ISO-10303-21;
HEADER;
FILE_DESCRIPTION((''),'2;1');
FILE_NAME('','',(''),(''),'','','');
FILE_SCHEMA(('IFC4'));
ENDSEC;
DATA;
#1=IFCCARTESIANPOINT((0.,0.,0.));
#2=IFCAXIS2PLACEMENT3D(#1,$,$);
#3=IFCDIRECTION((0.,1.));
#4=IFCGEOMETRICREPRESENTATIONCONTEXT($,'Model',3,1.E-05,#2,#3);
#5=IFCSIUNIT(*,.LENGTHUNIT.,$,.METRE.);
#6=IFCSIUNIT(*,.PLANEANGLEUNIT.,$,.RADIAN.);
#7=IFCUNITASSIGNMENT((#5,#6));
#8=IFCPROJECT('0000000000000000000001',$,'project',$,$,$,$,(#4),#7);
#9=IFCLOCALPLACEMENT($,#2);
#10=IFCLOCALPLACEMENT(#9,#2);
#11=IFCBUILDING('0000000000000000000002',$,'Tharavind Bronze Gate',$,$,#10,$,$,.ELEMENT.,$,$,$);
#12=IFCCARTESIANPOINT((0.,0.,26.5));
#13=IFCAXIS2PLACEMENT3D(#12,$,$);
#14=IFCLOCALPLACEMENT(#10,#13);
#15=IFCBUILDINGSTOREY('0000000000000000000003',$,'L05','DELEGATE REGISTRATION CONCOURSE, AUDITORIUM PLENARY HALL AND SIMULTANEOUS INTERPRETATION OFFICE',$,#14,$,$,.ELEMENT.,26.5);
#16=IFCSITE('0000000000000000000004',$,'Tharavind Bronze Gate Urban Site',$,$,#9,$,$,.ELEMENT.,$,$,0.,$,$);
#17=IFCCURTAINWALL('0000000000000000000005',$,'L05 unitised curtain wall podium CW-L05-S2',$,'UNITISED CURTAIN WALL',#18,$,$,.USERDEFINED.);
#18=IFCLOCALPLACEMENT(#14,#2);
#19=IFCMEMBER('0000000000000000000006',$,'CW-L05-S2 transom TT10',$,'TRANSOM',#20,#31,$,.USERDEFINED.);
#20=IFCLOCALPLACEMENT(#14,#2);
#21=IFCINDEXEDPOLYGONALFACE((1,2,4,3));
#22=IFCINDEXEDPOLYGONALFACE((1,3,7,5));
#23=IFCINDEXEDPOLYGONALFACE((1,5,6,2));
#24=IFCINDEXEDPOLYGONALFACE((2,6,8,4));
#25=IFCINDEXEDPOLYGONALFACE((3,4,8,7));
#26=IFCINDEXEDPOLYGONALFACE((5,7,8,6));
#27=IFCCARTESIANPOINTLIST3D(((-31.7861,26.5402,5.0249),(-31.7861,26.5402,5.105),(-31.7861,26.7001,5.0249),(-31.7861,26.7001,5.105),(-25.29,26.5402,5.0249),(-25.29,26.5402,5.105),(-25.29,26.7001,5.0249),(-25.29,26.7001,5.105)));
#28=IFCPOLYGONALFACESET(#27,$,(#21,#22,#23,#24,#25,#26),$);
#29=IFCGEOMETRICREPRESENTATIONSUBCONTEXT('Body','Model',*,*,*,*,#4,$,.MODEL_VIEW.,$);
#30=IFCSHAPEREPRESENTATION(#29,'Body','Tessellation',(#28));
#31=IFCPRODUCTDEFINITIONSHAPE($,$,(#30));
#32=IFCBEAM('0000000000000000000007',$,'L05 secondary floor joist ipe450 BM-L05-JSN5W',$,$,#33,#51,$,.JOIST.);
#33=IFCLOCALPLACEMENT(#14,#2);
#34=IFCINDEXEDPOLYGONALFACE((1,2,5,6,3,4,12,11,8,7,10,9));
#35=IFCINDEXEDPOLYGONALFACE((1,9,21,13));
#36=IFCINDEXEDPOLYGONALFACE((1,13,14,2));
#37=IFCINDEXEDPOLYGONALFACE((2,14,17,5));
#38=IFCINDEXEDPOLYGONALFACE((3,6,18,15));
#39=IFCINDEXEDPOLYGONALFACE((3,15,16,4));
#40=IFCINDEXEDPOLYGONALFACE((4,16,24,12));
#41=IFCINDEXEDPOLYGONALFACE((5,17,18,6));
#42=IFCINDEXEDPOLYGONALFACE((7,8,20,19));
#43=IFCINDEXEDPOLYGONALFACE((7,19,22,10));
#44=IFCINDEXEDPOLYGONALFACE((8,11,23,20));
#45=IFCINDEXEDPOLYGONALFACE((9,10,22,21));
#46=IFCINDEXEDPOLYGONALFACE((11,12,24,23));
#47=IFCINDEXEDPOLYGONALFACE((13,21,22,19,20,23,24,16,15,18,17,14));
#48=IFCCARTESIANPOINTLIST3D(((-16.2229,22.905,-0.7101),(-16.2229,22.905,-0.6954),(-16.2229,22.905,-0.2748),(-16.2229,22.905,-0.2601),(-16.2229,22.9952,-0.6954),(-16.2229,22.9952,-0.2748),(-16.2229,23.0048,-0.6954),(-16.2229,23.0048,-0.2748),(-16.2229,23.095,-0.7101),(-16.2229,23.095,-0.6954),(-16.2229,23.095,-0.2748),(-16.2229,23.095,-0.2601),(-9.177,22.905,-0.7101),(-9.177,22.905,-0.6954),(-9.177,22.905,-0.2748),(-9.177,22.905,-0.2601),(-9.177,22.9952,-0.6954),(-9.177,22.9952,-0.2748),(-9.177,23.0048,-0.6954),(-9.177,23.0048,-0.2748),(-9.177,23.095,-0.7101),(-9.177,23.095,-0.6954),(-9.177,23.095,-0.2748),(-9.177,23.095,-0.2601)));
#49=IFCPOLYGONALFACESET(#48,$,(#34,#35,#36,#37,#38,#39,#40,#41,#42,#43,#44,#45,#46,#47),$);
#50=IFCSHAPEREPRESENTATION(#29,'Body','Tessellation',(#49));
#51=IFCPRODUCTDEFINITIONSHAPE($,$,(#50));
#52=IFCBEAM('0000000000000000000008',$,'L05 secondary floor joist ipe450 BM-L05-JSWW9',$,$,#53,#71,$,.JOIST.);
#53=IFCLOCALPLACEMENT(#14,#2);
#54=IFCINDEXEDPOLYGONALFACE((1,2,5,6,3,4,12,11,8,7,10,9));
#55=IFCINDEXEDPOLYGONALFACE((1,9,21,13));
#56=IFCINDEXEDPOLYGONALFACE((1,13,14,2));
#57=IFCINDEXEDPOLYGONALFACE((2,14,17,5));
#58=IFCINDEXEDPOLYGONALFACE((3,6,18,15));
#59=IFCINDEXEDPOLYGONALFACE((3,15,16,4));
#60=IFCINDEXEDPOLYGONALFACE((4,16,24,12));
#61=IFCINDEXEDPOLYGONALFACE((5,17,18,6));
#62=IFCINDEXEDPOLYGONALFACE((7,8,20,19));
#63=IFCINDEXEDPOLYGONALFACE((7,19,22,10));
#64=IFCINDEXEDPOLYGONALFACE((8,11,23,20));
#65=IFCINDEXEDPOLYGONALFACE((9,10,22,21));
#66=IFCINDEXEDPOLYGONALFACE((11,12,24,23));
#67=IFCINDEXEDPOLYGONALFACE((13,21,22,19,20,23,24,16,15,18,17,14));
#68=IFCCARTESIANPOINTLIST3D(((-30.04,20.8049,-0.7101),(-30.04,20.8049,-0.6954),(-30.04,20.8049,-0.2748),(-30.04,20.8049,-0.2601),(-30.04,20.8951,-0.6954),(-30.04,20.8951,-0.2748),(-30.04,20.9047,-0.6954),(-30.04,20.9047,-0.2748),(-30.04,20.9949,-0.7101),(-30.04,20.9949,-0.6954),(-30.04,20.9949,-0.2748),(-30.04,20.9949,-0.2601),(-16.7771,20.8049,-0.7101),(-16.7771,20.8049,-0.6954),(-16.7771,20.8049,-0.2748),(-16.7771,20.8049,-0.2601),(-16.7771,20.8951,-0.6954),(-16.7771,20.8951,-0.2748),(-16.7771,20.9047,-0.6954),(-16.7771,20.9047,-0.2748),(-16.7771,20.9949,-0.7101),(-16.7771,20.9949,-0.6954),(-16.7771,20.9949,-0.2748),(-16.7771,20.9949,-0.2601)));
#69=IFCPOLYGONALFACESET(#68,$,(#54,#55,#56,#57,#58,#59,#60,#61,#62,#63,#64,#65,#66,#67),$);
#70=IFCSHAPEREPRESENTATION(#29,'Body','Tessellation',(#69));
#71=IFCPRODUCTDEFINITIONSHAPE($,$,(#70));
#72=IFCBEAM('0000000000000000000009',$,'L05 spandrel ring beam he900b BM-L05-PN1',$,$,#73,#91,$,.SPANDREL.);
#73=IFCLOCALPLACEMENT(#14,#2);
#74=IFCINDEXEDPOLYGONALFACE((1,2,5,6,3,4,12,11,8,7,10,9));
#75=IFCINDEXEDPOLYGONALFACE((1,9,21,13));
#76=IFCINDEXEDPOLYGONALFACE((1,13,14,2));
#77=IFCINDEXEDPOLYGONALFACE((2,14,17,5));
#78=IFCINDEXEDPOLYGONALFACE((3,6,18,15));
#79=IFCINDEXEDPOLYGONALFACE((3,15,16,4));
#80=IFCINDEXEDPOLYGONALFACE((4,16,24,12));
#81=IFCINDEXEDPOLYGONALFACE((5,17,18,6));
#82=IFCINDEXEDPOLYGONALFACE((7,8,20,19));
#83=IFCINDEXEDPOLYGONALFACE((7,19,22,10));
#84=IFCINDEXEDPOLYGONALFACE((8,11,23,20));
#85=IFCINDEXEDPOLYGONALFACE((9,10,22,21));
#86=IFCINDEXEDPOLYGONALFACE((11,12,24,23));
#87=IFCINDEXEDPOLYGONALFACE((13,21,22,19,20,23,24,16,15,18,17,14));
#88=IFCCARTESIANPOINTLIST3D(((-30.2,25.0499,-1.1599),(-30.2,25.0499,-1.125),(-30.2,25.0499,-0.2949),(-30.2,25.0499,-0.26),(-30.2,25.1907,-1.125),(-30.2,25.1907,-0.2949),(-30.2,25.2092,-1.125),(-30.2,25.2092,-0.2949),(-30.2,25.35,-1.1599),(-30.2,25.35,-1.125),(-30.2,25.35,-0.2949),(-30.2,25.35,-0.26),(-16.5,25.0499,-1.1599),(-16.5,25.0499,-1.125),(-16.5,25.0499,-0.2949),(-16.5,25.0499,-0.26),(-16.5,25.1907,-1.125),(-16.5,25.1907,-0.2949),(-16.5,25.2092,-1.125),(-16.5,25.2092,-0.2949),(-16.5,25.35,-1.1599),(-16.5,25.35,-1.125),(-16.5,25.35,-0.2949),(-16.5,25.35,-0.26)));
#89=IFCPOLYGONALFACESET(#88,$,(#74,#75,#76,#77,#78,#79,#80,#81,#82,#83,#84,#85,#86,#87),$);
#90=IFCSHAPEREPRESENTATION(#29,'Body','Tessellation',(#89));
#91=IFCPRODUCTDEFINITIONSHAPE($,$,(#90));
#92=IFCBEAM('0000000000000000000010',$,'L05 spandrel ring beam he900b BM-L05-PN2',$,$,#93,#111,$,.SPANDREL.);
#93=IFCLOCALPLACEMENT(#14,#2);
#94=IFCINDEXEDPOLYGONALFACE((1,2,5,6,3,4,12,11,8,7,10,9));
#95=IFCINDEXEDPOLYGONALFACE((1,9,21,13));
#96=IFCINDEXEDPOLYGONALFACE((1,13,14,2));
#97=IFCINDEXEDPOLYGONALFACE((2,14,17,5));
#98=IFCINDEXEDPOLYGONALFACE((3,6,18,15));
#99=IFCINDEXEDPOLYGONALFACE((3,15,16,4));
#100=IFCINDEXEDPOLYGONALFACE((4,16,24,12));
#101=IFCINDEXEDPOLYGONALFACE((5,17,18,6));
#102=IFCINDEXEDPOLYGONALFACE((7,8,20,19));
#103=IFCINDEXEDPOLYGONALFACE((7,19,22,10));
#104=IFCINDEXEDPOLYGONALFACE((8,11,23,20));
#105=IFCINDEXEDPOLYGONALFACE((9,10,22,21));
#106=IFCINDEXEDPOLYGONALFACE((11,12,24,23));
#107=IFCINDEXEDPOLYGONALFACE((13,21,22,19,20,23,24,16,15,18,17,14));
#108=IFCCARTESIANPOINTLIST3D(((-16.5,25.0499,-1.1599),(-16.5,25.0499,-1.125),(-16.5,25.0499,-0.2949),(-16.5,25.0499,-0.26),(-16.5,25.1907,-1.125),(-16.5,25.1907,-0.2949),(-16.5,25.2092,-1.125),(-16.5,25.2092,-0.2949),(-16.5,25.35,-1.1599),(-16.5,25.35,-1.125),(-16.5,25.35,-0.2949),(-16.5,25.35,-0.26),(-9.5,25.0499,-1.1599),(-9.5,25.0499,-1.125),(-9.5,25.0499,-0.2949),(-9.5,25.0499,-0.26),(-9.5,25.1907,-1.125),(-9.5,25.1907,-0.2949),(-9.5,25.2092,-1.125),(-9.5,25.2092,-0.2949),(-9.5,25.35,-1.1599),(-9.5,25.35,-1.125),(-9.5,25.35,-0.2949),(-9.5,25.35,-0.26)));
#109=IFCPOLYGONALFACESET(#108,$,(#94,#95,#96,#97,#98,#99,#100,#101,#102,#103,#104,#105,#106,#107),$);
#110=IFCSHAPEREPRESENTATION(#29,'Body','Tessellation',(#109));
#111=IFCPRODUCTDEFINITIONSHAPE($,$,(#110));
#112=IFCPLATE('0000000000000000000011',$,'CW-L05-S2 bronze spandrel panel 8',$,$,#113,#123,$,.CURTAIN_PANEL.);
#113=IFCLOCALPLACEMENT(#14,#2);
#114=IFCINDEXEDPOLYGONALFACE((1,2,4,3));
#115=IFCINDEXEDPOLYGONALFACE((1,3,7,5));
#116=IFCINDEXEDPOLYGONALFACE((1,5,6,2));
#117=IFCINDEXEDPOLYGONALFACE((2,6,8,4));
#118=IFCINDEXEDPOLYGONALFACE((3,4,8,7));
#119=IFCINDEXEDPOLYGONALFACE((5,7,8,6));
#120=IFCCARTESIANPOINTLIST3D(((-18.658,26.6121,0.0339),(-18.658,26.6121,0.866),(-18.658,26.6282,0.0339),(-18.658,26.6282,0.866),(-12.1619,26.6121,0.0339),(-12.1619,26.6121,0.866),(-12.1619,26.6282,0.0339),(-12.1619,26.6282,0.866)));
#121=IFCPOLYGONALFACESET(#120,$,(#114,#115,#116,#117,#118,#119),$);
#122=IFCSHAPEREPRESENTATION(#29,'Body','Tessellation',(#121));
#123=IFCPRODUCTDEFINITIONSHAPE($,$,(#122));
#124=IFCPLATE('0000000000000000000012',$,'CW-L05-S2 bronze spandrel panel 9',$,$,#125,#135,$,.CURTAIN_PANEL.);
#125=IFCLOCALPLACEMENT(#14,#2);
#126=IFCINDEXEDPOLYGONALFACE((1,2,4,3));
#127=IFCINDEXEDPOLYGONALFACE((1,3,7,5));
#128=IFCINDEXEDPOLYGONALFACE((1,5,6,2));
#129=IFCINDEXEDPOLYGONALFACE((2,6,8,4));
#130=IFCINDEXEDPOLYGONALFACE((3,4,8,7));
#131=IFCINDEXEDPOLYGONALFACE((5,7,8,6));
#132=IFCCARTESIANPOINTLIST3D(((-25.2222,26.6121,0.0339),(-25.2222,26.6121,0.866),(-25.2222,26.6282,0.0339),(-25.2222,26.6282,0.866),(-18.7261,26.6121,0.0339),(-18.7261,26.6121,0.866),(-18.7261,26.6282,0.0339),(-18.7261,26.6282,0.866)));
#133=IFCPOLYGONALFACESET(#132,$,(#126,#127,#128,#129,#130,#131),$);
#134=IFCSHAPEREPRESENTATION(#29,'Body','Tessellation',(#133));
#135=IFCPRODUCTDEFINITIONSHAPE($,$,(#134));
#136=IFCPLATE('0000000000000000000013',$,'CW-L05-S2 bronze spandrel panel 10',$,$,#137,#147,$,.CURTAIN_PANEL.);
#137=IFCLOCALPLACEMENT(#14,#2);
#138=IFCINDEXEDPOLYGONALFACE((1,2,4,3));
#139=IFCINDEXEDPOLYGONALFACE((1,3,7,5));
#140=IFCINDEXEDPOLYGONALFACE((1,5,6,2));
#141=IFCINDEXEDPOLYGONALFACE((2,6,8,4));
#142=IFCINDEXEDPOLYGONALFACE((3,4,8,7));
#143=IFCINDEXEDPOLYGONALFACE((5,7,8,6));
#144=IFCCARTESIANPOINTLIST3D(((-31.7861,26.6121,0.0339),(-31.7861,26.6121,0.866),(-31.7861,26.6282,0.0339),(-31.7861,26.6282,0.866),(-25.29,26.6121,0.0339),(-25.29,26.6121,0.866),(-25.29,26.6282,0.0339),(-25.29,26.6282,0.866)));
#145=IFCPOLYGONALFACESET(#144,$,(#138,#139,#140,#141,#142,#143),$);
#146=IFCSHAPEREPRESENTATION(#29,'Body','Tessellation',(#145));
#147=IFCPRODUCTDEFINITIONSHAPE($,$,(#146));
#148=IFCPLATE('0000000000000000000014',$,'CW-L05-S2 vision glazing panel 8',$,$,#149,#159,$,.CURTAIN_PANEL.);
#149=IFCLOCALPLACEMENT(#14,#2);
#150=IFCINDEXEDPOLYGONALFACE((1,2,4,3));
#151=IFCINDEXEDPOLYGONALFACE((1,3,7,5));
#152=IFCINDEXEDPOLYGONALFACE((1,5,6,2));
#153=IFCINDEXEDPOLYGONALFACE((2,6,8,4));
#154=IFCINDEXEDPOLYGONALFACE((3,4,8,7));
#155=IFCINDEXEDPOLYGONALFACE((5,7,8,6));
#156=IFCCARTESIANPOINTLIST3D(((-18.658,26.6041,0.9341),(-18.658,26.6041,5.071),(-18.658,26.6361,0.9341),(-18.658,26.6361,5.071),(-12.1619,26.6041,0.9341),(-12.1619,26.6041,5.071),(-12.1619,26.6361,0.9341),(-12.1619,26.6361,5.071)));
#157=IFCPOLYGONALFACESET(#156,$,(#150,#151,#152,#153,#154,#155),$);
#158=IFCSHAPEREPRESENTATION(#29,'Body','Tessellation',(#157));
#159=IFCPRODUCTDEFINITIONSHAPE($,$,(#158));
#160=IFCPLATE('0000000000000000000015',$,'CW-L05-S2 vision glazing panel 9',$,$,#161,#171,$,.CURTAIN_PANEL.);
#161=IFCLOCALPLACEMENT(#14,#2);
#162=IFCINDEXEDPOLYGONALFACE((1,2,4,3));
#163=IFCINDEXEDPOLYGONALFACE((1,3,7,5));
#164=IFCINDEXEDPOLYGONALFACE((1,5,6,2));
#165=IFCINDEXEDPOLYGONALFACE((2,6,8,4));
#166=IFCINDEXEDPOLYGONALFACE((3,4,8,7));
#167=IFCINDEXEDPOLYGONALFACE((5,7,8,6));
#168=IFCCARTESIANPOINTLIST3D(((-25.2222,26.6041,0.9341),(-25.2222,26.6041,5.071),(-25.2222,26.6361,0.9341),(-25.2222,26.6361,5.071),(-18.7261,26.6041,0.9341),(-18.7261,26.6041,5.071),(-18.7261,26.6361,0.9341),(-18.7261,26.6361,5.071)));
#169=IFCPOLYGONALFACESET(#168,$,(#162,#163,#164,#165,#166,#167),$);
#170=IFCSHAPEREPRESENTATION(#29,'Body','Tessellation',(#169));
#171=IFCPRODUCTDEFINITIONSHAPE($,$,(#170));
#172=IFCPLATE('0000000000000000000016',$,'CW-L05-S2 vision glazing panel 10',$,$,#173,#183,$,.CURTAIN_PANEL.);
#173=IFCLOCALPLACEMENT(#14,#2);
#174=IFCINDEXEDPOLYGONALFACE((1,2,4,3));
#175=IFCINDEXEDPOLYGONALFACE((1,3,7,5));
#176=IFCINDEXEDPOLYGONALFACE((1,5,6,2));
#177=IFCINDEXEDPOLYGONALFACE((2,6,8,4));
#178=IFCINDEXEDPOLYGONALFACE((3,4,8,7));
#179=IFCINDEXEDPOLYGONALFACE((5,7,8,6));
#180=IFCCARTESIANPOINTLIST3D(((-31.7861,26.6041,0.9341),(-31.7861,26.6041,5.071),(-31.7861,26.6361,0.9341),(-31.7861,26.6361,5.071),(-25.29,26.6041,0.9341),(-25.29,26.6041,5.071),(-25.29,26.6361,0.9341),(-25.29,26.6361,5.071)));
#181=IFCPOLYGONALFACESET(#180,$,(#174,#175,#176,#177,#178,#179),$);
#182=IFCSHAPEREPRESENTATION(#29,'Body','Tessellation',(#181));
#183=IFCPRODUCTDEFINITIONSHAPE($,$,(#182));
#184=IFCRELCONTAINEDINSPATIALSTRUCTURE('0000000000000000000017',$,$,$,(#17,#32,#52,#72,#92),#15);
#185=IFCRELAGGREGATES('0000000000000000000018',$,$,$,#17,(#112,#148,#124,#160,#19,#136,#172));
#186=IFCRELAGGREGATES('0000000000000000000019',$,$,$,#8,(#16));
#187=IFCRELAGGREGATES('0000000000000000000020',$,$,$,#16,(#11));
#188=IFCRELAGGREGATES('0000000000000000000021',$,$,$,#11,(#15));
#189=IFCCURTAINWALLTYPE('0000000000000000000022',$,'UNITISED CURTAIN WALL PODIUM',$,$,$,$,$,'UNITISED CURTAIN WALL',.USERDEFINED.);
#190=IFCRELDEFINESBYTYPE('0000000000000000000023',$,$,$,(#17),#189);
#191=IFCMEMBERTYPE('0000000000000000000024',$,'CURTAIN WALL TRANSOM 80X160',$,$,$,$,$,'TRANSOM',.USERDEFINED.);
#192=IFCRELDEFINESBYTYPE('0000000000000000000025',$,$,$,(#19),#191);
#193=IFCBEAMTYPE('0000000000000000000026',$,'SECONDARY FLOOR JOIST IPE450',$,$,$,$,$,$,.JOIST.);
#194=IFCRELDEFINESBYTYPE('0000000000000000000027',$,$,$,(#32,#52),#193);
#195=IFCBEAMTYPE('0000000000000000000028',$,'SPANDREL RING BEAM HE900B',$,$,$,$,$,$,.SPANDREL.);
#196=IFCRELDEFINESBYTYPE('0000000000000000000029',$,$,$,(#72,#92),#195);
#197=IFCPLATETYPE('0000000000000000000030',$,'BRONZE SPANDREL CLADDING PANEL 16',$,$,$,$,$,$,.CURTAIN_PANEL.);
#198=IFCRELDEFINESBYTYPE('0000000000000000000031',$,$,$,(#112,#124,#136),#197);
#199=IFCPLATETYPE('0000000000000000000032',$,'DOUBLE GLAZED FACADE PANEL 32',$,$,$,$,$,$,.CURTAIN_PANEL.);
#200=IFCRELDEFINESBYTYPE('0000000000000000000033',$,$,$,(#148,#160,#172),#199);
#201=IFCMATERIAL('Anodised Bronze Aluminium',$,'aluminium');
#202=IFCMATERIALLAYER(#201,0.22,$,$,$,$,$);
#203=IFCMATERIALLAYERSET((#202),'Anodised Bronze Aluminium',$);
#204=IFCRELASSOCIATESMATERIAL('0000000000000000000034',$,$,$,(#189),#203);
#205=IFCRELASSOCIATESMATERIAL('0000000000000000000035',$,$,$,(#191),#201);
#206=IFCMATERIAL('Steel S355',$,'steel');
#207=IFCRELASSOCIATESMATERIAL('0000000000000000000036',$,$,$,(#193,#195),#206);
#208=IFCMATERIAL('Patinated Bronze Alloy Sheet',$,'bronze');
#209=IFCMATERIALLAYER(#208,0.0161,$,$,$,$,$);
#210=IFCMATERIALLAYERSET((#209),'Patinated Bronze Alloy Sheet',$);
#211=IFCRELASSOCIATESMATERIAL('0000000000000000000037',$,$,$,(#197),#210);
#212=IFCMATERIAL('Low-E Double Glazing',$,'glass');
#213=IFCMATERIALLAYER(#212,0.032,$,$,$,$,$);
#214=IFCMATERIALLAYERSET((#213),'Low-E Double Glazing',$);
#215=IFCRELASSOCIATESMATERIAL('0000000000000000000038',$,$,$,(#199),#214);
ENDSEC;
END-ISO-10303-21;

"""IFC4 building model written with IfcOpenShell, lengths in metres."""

from ifc_helpers import new_model, si_unit, direction, frame, origin, origin_2d, place, context, subcontext, project, spatial, rectangle, i_section, extrude, material, layer, layer_set, material_profile, profile_set, type_object, element, aggregate, save


model = new_model("IFC4")

# Units and contexts
model_context = context("Model", 3, precision=1e-05, world=origin(), true_north=direction((0.0, 1.0)))
body_context = subcontext(model_context, "Body", "Model", "MODEL_VIEW")
ifc_project = project(units=[si_unit("LENGTHUNIT", "METRE"), si_unit("PLANEANGLEUNIT", "RADIAN")], contexts=[model_context])

# Site, building, storey
site_placement = place(None, origin())
site = spatial("IfcSite", under=ifc_project, at=site_placement, Name="Tharavind Bronze Gate Urban Site", CompositionType="ELEMENT", RefElevation=0.0)
building_placement = place(site_placement, origin())
building = spatial("IfcBuilding", under=site, at=building_placement, Name="Tharavind Bronze Gate", CompositionType="ELEMENT")
storey_placement = place(building_placement, frame((0.0, 0.0, 26.5)))
storey = spatial("IfcBuildingStorey", under=building, at=storey_placement, Name="L05", Description="DELEGATE REGISTRATION CONCOURSE, AUDITORIUM PLENARY HALL AND SIMULTANEOUS INTERPRETATION OFFICE", CompositionType="ELEMENT", Elevation=26.5)

# Curtain wall, member
ifc_material_1 = material(Name="Anodised Bronze Aluminium", Category="aluminium")
ifc_layer_1 = layer(ifc_material_1, 0.22)
ifc_layer_set_1 = layer_set([ifc_layer_1], Name="Anodised Bronze Aluminium")
curtain_wall_type = type_object("IfcCurtainWallType", Name="UNITISED CURTAIN WALL PODIUM", ElementType="UNITISED CURTAIN WALL", PredefinedType="USERDEFINED", material=ifc_layer_set_1)
curtain_wall_placement = place(storey_placement, origin())
curtain_wall = element("IfcCurtainWall", 1, at=curtain_wall_placement, inside=storey, type_object=curtain_wall_type, Name="L05 unitised curtain wall podium CW-L05-S2", ObjectType="UNITISED CURTAIN WALL", PredefinedType="USERDEFINED")
member_type_1 = type_object("IfcMemberType", Name="CURTAIN WALL TRANSOM 80X160", ElementType="TRANSOM", PredefinedType="USERDEFINED", material=ifc_material_1)
member_1_placement = place(storey_placement, frame((-28.5381, 26.6201, 5.0249), z_axis=(0.0, 0.0, 1.0), x_axis=(-1.0, 0.0, 0.0)))
member_1 = element("IfcMember", 2, at=member_1_placement, type_object=member_type_1, Name="CW-L05-S2 transom TT10", ObjectType="TRANSOM", PredefinedType="USERDEFINED", context=body_context, shape_type="SweptSolid", body=[
    extrude(rectangle(XDim=6.4961, YDim=0.1599, at=origin_2d()), origin(), (0.0, 0.0, 1.0), 0.0801),
])

# Beams
ifc_material_2 = material(Name="Steel S355", Category="steel")
ifc_material_profile_1 = material_profile(ifc_material_2, i_section(OverallWidth=0.1899, OverallDepth=0.45, WebThickness=0.0095, FlangeThickness=0.0146, at=origin_2d()), Name="IPE450")
ifc_profile_set_1 = profile_set([ifc_material_profile_1], Name="Steel S355")
beam_type_1 = type_object("IfcBeamType", Name="SECONDARY FLOOR JOIST IPE450", PredefinedType="JOIST", material=ifc_profile_set_1)
beam_1_placement = place(storey_placement, frame((-16.2229, 23.0, -0.4851), z_axis=(1.0, 0.0, 0.0), x_axis=(0.0, 1.0, 0.0)))
element("IfcBeam", 3, at=beam_1_placement, inside=storey, type_object=beam_type_1, Name="L05 secondary floor joist ipe450 BM-L05-JSN5W", PredefinedType="JOIST", context=body_context, shape_type="SweptSolid", body=[
    extrude(i_section(OverallWidth=0.1899, OverallDepth=0.45, WebThickness=0.0095, FlangeThickness=0.0146, at=origin_2d()), origin(), (0.0, 0.0, 1.0), 7.0459),
])
beam_2_placement = place(storey_placement, frame((-30.04, 20.8999, -0.4851), z_axis=(1.0, 0.0, 0.0), x_axis=(0.0, 1.0, 0.0)))
element("IfcBeam", 4, at=beam_2_placement, inside=storey, type_object=beam_type_1, Name="L05 secondary floor joist ipe450 BM-L05-JSWW9", PredefinedType="JOIST", context=body_context, shape_type="SweptSolid", body=[
    extrude(i_section(OverallWidth=0.1899, OverallDepth=0.45, WebThickness=0.0095, FlangeThickness=0.0146, at=origin_2d()), origin(), (0.0, 0.0, 1.0), 13.2629),
])
ifc_material_profile_2 = material_profile(ifc_material_2, i_section(OverallWidth=0.3, OverallDepth=0.8999, WebThickness=0.0186, FlangeThickness=0.0349, at=origin_2d()), Name="HE900B")
ifc_profile_set_2 = profile_set([ifc_material_profile_2], Name="Steel S355")
beam_type_2 = type_object("IfcBeamType", Name="SPANDREL RING BEAM HE900B", PredefinedType="SPANDREL", material=ifc_profile_set_2)
beam_3_placement = place(storey_placement, frame((-30.2, 25.2, -0.71), z_axis=(1.0, 0.0, 0.0), x_axis=(0.0, 1.0, 0.0)))
element("IfcBeam", 5, at=beam_3_placement, inside=storey, type_object=beam_type_2, Name="L05 spandrel ring beam he900b BM-L05-PN1", PredefinedType="SPANDREL", context=body_context, shape_type="SweptSolid", body=[
    extrude(i_section(OverallWidth=0.3, OverallDepth=0.8999, WebThickness=0.0186, FlangeThickness=0.0349, at=origin_2d()), origin(), (0.0, 0.0, 1.0), 13.7),
])
beam_4_placement = place(storey_placement, frame((-16.5, 25.2, -0.71), z_axis=(1.0, 0.0, 0.0), x_axis=(0.0, 1.0, 0.0)))
element("IfcBeam", 6, at=beam_4_placement, inside=storey, type_object=beam_type_2, Name="L05 spandrel ring beam he900b BM-L05-PN2", PredefinedType="SPANDREL", context=body_context, shape_type="SweptSolid", body=[
    extrude(i_section(OverallWidth=0.3, OverallDepth=0.8999, WebThickness=0.0186, FlangeThickness=0.0349, at=origin_2d()), origin(), (0.0, 0.0, 1.0), 7.0),
])

# Plates
ifc_material_3 = material(Name="Patinated Bronze Alloy Sheet", Category="bronze")
ifc_layer_2 = layer(ifc_material_3, 0.0161)
ifc_layer_set_2 = layer_set([ifc_layer_2], Name="Patinated Bronze Alloy Sheet")
plate_type_1 = type_object("IfcPlateType", Name="BRONZE SPANDREL CLADDING PANEL 16", PredefinedType="CURTAIN_PANEL", material=ifc_layer_set_2)
plate_1_placement = place(storey_placement, frame((-15.4099, 26.6201, 0.0339), z_axis=(0.0, 0.0, 1.0), x_axis=(-1.0, 0.0, 0.0)))
plate_1 = element("IfcPlate", 7, at=plate_1_placement, type_object=plate_type_1, Name="CW-L05-S2 bronze spandrel panel 8", PredefinedType="CURTAIN_PANEL", context=body_context, shape_type="SweptSolid", body=[
    extrude(rectangle(XDim=6.4961, YDim=0.0161, at=origin_2d()), origin(), (0.0, 0.0, 1.0), 0.832),
])
plate_2_placement = place(storey_placement, frame((-21.9741, 26.6201, 0.0339), z_axis=(0.0, 0.0, 1.0), x_axis=(-1.0, 0.0, 0.0)))
plate_2 = element("IfcPlate", 8, at=plate_2_placement, type_object=plate_type_1, Name="CW-L05-S2 bronze spandrel panel 9", PredefinedType="CURTAIN_PANEL", context=body_context, shape_type="SweptSolid", body=[
    extrude(rectangle(XDim=6.4961, YDim=0.0161, at=origin_2d()), origin(), (0.0, 0.0, 1.0), 0.832),
])
plate_3_placement = place(storey_placement, frame((-28.5381, 26.6201, 0.0339), z_axis=(0.0, 0.0, 1.0), x_axis=(-1.0, 0.0, 0.0)))
plate_3 = element("IfcPlate", 9, at=plate_3_placement, type_object=plate_type_1, Name="CW-L05-S2 bronze spandrel panel 10", PredefinedType="CURTAIN_PANEL", context=body_context, shape_type="SweptSolid", body=[
    extrude(rectangle(XDim=6.4961, YDim=0.0161, at=origin_2d()), origin(), (0.0, 0.0, 1.0), 0.832),
])
ifc_material_4 = material(Name="Low-E Double Glazing", Category="glass")
ifc_layer_3 = layer(ifc_material_4, 0.032)
ifc_layer_set_3 = layer_set([ifc_layer_3], Name="Low-E Double Glazing")
plate_type_2 = type_object("IfcPlateType", Name="DOUBLE GLAZED FACADE PANEL 32", PredefinedType="CURTAIN_PANEL", material=ifc_layer_set_3)
plate_4_placement = place(storey_placement, frame((-15.4099, 26.6201, 0.9341), z_axis=(0.0, 0.0, 1.0), x_axis=(-1.0, 0.0, 0.0)))
plate_4 = element("IfcPlate", 10, at=plate_4_placement, type_object=plate_type_2, Name="CW-L05-S2 vision glazing panel 8", PredefinedType="CURTAIN_PANEL", context=body_context, shape_type="SweptSolid", body=[
    extrude(rectangle(XDim=6.4961, YDim=0.032, at=origin_2d()), origin(), (0.0, 0.0, 1.0), 4.137),
])
plate_5_placement = place(storey_placement, frame((-21.9741, 26.6201, 0.9341), z_axis=(0.0, 0.0, 1.0), x_axis=(-1.0, 0.0, 0.0)))
plate_5 = element("IfcPlate", 11, at=plate_5_placement, type_object=plate_type_2, Name="CW-L05-S2 vision glazing panel 9", PredefinedType="CURTAIN_PANEL", context=body_context, shape_type="SweptSolid", body=[
    extrude(rectangle(XDim=6.4961, YDim=0.032, at=origin_2d()), origin(), (0.0, 0.0, 1.0), 4.137),
])
plate_6_placement = place(storey_placement, frame((-28.5381, 26.6201, 0.9341), z_axis=(0.0, 0.0, 1.0), x_axis=(-1.0, 0.0, 0.0)))
plate_6 = element("IfcPlate", 12, at=plate_6_placement, type_object=plate_type_2, Name="CW-L05-S2 vision glazing panel 10", PredefinedType="CURTAIN_PANEL", context=body_context, shape_type="SweptSolid", body=[
    extrude(rectangle(XDim=6.4961, YDim=0.032, at=origin_2d()), origin(), (0.0, 0.0, 1.0), 4.137),
])
aggregate(curtain_wall, [plate_1, plate_4, plate_2, plate_5, member_1, plate_3, plate_6])

save(model, "model.ifc")
